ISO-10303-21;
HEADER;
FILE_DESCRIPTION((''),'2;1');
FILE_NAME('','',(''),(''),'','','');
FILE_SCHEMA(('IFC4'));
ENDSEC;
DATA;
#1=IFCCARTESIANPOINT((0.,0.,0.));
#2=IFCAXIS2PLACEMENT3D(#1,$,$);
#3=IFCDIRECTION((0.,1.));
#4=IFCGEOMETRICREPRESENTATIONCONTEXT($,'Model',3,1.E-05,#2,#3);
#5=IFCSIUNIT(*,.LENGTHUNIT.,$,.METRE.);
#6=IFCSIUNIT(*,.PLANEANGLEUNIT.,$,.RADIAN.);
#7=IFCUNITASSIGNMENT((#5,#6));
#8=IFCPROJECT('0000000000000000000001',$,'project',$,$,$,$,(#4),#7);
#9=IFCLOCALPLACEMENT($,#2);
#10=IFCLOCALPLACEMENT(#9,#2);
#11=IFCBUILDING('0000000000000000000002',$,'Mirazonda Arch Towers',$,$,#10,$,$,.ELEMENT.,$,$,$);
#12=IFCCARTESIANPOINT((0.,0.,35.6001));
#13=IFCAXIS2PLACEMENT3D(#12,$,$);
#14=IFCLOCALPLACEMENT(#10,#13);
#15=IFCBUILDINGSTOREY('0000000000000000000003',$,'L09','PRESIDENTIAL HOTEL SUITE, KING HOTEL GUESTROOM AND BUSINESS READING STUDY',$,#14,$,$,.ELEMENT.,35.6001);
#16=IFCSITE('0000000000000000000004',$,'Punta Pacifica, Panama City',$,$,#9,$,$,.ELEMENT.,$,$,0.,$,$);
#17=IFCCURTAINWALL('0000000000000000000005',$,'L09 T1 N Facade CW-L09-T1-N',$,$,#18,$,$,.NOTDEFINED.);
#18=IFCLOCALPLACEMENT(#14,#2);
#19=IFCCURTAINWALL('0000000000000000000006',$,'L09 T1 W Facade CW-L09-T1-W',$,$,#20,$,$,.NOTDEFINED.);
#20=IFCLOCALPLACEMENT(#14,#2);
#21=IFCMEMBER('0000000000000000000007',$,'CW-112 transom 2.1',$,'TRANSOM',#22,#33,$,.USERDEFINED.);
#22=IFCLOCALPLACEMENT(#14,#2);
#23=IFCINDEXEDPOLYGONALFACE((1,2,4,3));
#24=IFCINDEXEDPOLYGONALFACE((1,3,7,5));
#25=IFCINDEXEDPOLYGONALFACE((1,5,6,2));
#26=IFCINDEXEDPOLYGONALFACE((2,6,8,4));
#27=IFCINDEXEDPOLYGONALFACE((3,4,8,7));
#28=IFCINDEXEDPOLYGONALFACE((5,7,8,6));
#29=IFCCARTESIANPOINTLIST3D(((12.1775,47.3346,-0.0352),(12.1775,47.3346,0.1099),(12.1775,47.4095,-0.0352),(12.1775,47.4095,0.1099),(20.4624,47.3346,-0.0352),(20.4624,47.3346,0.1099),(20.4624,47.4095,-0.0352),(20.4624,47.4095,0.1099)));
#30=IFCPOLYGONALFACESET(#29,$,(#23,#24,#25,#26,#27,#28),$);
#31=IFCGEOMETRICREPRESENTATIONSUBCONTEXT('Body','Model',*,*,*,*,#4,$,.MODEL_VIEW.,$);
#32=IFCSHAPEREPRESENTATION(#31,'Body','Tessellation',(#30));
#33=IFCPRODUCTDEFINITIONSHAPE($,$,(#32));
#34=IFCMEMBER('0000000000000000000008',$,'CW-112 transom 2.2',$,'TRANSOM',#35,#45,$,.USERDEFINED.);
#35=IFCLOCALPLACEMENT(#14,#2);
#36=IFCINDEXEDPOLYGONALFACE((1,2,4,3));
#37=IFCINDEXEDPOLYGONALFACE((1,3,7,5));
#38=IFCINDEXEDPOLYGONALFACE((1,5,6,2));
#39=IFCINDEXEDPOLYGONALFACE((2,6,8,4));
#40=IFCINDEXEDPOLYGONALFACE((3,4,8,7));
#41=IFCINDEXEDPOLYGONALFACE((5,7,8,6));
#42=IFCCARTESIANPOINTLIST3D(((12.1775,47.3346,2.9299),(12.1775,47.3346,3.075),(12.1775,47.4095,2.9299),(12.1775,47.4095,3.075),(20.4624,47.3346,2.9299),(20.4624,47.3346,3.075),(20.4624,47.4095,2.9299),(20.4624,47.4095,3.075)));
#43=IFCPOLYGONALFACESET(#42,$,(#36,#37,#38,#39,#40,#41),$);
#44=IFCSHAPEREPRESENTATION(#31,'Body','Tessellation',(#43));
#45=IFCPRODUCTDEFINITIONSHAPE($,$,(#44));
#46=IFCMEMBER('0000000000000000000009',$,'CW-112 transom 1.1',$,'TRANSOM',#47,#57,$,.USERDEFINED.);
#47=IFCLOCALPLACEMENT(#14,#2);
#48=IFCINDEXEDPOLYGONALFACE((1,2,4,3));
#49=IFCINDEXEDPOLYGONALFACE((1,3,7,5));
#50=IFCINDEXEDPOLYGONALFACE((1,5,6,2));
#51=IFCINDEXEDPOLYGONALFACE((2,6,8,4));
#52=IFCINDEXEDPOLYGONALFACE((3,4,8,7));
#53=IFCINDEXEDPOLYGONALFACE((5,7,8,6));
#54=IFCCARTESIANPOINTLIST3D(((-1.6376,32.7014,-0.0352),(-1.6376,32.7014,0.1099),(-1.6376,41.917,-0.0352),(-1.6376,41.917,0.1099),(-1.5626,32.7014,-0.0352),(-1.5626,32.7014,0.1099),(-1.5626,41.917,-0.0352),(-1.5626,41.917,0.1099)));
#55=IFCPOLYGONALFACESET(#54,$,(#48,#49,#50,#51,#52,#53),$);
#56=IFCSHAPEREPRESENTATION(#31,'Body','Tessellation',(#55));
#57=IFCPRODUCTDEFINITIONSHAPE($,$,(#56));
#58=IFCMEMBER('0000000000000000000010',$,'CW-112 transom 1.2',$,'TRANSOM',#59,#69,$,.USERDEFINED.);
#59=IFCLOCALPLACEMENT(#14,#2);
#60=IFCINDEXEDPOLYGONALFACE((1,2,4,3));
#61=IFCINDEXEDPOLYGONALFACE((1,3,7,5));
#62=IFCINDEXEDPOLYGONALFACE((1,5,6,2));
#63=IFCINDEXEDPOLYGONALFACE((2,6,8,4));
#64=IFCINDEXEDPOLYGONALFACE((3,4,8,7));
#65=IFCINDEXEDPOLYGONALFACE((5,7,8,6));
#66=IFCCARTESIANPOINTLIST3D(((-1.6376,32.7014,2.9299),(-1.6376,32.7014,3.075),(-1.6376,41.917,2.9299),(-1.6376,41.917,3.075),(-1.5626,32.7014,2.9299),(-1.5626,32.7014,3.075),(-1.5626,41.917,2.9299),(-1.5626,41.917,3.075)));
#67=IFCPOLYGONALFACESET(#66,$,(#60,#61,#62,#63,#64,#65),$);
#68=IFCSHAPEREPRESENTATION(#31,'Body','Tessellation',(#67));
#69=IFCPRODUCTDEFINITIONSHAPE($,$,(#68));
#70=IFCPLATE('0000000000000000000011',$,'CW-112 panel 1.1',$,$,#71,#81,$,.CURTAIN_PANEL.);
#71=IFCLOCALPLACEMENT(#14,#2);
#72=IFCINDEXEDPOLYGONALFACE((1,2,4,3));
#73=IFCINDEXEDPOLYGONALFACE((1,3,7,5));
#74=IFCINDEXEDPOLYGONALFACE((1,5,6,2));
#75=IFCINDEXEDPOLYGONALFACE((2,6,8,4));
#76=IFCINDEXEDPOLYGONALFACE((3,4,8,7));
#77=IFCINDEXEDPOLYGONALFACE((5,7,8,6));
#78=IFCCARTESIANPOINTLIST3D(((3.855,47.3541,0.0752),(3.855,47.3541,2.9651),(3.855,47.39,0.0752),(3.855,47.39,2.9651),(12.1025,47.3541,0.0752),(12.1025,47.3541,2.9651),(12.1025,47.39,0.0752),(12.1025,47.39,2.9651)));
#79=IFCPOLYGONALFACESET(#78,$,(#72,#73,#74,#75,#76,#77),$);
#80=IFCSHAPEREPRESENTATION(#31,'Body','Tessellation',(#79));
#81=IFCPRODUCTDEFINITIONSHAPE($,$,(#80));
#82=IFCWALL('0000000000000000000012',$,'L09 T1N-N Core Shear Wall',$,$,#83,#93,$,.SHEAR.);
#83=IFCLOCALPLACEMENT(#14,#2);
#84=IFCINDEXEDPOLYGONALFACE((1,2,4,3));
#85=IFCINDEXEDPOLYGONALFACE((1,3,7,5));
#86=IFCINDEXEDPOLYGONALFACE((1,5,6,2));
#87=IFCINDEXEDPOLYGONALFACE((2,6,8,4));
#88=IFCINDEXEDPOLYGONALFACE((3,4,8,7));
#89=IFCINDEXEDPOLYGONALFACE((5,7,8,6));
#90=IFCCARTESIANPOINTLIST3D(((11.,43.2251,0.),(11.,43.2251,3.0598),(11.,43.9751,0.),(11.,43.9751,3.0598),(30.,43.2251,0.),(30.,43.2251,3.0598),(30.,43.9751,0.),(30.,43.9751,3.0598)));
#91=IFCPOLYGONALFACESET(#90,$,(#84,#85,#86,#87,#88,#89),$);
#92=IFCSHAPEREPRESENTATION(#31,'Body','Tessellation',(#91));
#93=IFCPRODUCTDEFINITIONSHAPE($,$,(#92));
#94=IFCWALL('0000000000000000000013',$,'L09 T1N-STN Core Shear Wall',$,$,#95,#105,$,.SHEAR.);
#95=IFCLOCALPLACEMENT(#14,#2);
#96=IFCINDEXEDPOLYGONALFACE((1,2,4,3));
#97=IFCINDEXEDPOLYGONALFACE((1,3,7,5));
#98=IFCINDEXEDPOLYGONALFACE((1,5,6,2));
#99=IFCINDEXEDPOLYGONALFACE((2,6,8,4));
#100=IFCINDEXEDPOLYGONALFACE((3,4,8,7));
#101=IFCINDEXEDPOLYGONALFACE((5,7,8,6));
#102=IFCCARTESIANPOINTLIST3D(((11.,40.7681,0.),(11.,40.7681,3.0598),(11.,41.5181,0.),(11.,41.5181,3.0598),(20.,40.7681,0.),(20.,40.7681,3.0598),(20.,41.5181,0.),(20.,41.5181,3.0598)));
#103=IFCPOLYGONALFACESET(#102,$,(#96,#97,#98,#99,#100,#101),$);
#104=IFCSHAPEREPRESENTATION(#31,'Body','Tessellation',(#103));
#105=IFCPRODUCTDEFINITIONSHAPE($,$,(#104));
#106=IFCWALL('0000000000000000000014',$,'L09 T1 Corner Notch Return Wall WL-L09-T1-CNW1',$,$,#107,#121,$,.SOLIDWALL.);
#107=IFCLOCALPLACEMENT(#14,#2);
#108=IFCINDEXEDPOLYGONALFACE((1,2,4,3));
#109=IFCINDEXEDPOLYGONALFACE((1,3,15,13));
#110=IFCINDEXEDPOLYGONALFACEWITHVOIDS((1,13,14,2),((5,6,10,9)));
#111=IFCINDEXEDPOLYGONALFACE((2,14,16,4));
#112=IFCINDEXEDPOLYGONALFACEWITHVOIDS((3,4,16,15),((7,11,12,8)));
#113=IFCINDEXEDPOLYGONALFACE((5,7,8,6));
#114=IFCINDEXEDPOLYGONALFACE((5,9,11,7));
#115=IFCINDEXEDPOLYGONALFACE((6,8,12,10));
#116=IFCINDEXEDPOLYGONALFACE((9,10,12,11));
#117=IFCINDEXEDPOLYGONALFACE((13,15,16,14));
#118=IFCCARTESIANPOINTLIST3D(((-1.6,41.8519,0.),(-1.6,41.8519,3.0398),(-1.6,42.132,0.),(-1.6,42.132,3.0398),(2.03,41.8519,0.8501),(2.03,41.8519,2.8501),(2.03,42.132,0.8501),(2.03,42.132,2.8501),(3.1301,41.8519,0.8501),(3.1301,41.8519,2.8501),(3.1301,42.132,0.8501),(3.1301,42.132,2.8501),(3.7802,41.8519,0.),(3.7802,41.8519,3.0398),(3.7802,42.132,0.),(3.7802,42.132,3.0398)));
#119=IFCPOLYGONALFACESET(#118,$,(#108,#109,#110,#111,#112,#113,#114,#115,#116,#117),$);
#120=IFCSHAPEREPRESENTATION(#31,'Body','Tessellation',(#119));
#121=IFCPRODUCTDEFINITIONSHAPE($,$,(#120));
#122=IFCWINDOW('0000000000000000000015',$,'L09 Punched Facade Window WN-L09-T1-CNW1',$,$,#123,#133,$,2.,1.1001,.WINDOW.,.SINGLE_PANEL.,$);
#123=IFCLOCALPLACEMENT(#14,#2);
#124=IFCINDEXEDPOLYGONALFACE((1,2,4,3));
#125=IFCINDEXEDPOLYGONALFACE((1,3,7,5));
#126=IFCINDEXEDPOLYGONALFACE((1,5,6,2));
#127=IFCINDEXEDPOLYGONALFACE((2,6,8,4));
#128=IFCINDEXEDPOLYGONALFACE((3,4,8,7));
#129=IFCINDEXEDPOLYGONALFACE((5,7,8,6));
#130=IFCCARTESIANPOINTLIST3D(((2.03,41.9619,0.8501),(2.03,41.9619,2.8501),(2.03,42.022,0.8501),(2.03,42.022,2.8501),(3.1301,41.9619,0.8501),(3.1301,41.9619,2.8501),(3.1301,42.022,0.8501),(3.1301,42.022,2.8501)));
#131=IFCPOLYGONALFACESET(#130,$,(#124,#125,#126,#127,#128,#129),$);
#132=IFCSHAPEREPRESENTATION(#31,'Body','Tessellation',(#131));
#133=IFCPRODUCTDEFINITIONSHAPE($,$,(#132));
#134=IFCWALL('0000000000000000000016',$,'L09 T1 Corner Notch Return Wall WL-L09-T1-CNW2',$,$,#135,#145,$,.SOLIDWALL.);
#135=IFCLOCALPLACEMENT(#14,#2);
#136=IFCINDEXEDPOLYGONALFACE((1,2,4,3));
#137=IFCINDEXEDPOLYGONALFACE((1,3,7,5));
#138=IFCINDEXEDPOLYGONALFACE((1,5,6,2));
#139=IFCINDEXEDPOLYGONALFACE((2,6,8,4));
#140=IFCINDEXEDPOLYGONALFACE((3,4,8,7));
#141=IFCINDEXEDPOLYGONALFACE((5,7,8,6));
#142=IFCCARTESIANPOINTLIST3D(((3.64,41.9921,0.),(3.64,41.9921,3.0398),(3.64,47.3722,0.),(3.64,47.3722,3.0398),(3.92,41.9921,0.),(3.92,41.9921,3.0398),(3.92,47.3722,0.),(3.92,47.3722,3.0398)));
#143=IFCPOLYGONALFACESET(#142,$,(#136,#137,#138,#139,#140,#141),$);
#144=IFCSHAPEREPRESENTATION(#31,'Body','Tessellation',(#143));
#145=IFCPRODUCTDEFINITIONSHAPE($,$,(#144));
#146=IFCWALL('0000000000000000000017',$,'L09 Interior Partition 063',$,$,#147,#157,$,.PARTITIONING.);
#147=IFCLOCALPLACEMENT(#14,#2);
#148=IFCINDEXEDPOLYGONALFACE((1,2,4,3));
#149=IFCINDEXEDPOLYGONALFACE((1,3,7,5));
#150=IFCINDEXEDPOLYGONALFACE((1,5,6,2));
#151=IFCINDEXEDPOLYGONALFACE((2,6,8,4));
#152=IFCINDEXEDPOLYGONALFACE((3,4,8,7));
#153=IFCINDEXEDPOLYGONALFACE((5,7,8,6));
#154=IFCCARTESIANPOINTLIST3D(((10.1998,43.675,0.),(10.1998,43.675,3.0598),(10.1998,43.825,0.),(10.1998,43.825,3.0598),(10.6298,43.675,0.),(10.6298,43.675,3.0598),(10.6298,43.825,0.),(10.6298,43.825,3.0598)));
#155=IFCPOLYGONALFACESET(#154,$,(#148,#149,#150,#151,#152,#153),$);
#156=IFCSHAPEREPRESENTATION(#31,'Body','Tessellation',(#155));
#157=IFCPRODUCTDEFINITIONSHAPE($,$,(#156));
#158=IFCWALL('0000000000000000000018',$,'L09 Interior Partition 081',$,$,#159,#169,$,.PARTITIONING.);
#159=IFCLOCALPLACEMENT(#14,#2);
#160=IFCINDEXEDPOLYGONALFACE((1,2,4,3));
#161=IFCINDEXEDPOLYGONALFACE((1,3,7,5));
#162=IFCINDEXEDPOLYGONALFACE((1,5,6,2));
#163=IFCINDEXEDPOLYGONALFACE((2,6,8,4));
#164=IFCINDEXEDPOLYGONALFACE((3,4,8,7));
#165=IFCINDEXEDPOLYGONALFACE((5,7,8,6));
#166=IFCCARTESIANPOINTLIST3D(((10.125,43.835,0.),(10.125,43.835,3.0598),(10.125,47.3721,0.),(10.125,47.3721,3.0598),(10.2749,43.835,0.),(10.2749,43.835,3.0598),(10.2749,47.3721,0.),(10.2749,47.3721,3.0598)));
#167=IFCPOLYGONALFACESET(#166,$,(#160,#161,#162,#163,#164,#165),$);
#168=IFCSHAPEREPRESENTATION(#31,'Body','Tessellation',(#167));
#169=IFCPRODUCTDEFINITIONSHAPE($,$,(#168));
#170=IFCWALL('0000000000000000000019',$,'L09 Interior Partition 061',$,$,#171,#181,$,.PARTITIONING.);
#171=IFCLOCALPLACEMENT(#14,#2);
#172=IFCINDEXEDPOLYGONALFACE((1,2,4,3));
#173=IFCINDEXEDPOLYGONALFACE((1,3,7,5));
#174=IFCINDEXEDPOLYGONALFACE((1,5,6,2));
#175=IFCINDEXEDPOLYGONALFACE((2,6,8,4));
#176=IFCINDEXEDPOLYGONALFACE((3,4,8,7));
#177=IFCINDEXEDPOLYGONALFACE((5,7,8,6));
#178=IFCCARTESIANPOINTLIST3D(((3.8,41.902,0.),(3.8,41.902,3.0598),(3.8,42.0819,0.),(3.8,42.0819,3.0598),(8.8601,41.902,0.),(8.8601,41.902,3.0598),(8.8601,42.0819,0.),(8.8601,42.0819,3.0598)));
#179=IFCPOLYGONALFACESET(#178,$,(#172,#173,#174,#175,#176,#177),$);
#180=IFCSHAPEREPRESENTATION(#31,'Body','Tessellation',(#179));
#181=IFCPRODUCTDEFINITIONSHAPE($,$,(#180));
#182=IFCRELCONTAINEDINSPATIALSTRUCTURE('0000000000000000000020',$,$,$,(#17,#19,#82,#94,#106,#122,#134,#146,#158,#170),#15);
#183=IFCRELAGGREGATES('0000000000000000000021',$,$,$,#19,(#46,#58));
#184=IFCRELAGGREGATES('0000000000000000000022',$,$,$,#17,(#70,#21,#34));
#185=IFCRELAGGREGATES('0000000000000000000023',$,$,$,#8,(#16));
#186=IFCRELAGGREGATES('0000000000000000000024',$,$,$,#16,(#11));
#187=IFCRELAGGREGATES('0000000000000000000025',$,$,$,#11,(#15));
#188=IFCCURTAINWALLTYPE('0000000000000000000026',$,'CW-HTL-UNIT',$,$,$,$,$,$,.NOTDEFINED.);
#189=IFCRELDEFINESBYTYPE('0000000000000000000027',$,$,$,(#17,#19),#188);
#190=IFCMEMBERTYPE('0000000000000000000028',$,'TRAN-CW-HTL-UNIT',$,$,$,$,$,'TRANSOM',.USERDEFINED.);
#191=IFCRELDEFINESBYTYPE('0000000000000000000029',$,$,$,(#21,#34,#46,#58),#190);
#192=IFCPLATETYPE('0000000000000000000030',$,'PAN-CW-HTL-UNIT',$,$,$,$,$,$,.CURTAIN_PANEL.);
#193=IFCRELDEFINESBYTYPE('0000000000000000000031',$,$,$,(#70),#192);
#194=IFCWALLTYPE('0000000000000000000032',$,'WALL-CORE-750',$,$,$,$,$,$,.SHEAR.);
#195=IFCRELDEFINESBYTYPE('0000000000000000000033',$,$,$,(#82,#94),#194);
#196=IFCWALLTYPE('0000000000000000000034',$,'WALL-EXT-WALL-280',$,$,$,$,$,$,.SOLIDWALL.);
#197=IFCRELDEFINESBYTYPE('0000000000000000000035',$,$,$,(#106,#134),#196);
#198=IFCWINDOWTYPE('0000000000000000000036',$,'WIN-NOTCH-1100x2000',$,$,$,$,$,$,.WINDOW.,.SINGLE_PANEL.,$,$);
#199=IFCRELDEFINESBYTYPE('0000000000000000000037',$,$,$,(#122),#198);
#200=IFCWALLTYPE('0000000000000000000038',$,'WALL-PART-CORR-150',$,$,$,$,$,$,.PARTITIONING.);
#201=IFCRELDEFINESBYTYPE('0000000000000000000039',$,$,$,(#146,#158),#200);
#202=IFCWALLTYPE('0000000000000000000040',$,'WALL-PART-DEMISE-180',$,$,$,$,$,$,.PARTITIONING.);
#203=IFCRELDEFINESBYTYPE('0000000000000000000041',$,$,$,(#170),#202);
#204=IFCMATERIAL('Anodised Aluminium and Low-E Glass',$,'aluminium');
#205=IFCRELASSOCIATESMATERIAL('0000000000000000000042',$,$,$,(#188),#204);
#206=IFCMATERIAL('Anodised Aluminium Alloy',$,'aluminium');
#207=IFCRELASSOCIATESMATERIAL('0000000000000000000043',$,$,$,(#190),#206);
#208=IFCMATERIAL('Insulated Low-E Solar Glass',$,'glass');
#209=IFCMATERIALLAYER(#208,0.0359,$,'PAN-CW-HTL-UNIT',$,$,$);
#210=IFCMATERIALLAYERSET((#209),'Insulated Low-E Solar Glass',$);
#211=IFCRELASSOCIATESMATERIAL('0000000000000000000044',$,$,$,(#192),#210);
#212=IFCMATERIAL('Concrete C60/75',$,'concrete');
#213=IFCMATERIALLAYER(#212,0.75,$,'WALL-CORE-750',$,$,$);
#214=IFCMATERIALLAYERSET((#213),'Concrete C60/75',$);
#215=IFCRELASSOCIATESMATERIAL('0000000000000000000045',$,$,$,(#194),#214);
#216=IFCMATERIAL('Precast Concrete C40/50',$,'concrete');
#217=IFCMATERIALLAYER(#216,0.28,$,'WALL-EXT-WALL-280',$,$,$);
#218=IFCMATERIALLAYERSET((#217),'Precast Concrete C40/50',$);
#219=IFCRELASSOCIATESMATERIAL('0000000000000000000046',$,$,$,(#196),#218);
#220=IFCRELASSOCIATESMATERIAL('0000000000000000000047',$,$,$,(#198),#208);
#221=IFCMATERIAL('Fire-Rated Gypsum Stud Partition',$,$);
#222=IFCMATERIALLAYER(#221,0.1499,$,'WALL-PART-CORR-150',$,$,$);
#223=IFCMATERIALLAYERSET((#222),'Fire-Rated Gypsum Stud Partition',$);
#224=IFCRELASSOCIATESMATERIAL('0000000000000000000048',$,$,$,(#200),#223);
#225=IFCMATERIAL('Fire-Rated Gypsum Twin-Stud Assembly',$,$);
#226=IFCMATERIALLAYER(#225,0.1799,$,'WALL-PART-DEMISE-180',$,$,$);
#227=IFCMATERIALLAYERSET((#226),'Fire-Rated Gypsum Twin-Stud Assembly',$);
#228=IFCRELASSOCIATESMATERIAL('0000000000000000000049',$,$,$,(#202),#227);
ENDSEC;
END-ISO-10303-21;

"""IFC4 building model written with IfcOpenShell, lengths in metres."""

from ifc_helpers import new_model, si_unit, direction, frame, frame_2d, origin, origin_2d, place, context, subcontext, project, spatial, rectangle, extrude, material, layer, layer_set, material_profile, profile_set, type_object, element, fill, aggregate, save


model = new_model("IFC4")

# Units and contexts
model_context = context("Model", 3, precision=1e-05, world=origin(), true_north=direction((0.0, 1.0)))
body_context = subcontext(model_context, "Body", "Model", "MODEL_VIEW")
ifc_project = project(units=[si_unit("LENGTHUNIT", "METRE"), si_unit("PLANEANGLEUNIT", "RADIAN")], contexts=[model_context])

# Site, building, storey
site_placement = place(None, origin())
site = spatial("IfcSite", under=ifc_project, at=site_placement, Name="Punta Pacifica, Panama City", CompositionType="ELEMENT", RefElevation=0.0)
building_placement = place(site_placement, origin())
building = spatial("IfcBuilding", under=site, at=building_placement, Name="Mirazonda Arch Towers", CompositionType="ELEMENT")
storey_placement = place(building_placement, frame((0.0, 0.0, 35.6001)))
storey = spatial("IfcBuildingStorey", under=building, at=storey_placement, Name="L09", Description="PRESIDENTIAL HOTEL SUITE, KING HOTEL GUESTROOM AND BUSINESS READING STUDY", CompositionType="ELEMENT", Elevation=35.6001)

# Shared definitions
ifc_material_1 = material(Name="Concrete C60/75", Category="concrete")

# Curtain wall
ifc_material_2 = material(Name="Anodised Aluminium and Low-E Glass", Category="aluminium")
curtain_wall_type = type_object("IfcCurtainWallType", Name="CW-HTL-UNIT", PredefinedType="NOTDEFINED", material=ifc_material_2)
curtain_wall_1_placement = place(storey_placement, origin())
curtain_wall_1 = element("IfcCurtainWall", 1, at=curtain_wall_1_placement, inside=storey, type_object=curtain_wall_type, Name="L09 T1 N Facade CW-L09-T1-N", PredefinedType="NOTDEFINED")
ifc_material_3 = material(Name="Anodised Aluminium Alloy", Category="aluminium")

# Curtain wall
curtain_wall_2_placement = place(storey_placement, origin())
curtain_wall_2 = element("IfcCurtainWall", 2, at=curtain_wall_2_placement, inside=storey, type_object=curtain_wall_type, Name="L09 T1 W Facade CW-L09-T1-W", PredefinedType="NOTDEFINED")

# Members
ifc_material_profile_1 = material_profile(ifc_material_3, rectangle(XDim=0.075, YDim=0.145, at=origin_2d()), Name="ALU-TRAN-75x145")
ifc_profile_set_1 = profile_set([ifc_material_profile_1], Name="Anodised Aluminium Alloy")
member_type_1 = type_object("IfcMemberType", Name="TRAN-CW-HTL-UNIT", ElementType="TRANSOM", PredefinedType="USERDEFINED", material=ifc_profile_set_1)
member_1_placement = place(storey_placement, frame((12.1775, 47.3721, 0.0374), z_axis=(1.0, 0.0, 0.0), x_axis=(0.0, 1.0, 0.0)))
member_1 = element("IfcMember", 3, at=member_1_placement, type_object=member_type_1, Name="CW-112 transom 2.1", ObjectType="TRANSOM", PredefinedType="USERDEFINED", context=body_context, shape_type="SweptSolid", body=[
    extrude(rectangle(XDim=0.075, YDim=0.145, at=origin_2d()), origin(), (0.0, 0.0, 1.0), 8.2849),
])
member_2_placement = place(storey_placement, frame((12.1775, 47.3721, 3.0024), z_axis=(1.0, 0.0, 0.0), x_axis=(0.0, 1.0, 0.0)))
member_2 = element("IfcMember", 4, at=member_2_placement, type_object=member_type_1, Name="CW-112 transom 2.2", ObjectType="TRANSOM", PredefinedType="USERDEFINED", context=body_context, shape_type="SweptSolid", body=[
    extrude(rectangle(XDim=0.075, YDim=0.145, at=origin_2d()), origin(), (0.0, 0.0, 1.0), 8.2849),
])
member_3_placement = place(storey_placement, frame((-1.6001, 41.917, 0.0374), z_axis=(0.0, -1.0, 0.0), x_axis=(1.0, 0.0, 0.0)))
member_3 = element("IfcMember", 5, at=member_3_placement, type_object=member_type_1, Name="CW-112 transom 1.1", ObjectType="TRANSOM", PredefinedType="USERDEFINED", context=body_context, shape_type="SweptSolid", body=[
    extrude(rectangle(XDim=0.075, YDim=0.145, at=origin_2d()), origin(), (0.0, 0.0, 1.0), 9.2156),
])
member_4_placement = place(storey_placement, frame((-1.6001, 41.917, 3.0024), z_axis=(0.0, -1.0, 0.0), x_axis=(1.0, 0.0, 0.0)))
member_4 = element("IfcMember", 6, at=member_4_placement, type_object=member_type_1, Name="CW-112 transom 1.2", ObjectType="TRANSOM", PredefinedType="USERDEFINED", context=body_context, shape_type="SweptSolid", body=[
    extrude(rectangle(XDim=0.075, YDim=0.145, at=origin_2d()), origin(), (0.0, 0.0, 1.0), 9.2156),
])
aggregate(curtain_wall_2, [member_3, member_4])

# Plate
ifc_material_4 = material(Name="Insulated Low-E Solar Glass", Category="glass")
ifc_layer_1 = layer(ifc_material_4, 0.0359, Name="PAN-CW-HTL-UNIT")
ifc_layer_set_1 = layer_set([ifc_layer_1], Name="Insulated Low-E Solar Glass")
plate_type = type_object("IfcPlateType", Name="PAN-CW-HTL-UNIT", PredefinedType="CURTAIN_PANEL", material=ifc_layer_set_1)
plate_placement = place(storey_placement, frame((7.9788, 47.3721, 0.0752), z_axis=(0.0, 0.0, 1.0), x_axis=(1.0, 0.0, 0.0)))
plate = element("IfcPlate", 7, at=plate_placement, type_object=plate_type, Name="CW-112 panel 1.1", PredefinedType="CURTAIN_PANEL", context=body_context, shape_type="SweptSolid", body=[
    extrude(rectangle(XDim=8.2476, YDim=0.0359, at=origin_2d()), origin(), (0.0, 0.0, 1.0), 2.8899),
])
aggregate(curtain_wall_1, [plate, member_1, member_2])

# Walls
ifc_layer_2 = layer(ifc_material_1, 0.75, Name="WALL-CORE-750")
ifc_layer_set_2 = layer_set([ifc_layer_2], Name="Concrete C60/75")
wall_type_1 = type_object("IfcWallType", Name="WALL-CORE-750", PredefinedType="SHEAR", material=ifc_layer_set_2)
wall_1_placement = place(storey_placement, frame((11.0, 43.6001, 0.0), z_axis=(0.0, 0.0, 1.0), x_axis=(1.0, 0.0, 0.0)))
element("IfcWall", 8, at=wall_1_placement, inside=storey, type_object=wall_type_1, Name="L09 T1N-N Core Shear Wall", PredefinedType="SHEAR", context=body_context, shape_type="SweptSolid", body=[
    extrude(rectangle(XDim=19.0, YDim=0.75, at=frame_2d((9.5, 0.0))), origin(), (0.0, 0.0, 1.0), 3.0598),
])
wall_2_placement = place(storey_placement, frame((11.0, 41.1431, 0.0), z_axis=(0.0, 0.0, 1.0), x_axis=(1.0, 0.0, 0.0)))
element("IfcWall", 9, at=wall_2_placement, inside=storey, type_object=wall_type_1, Name="L09 T1N-STN Core Shear Wall", PredefinedType="SHEAR", context=body_context, shape_type="SweptSolid", body=[
    extrude(rectangle(XDim=9.0, YDim=0.75, at=frame_2d((4.5, 0.0))), origin(), (0.0, 0.0, 1.0), 3.0598),
])

# Wall, opening, window
ifc_material_5 = material(Name="Precast Concrete C40/50", Category="concrete")
ifc_layer_3 = layer(ifc_material_5, 0.28, Name="WALL-EXT-WALL-280")
ifc_layer_set_3 = layer_set([ifc_layer_3], Name="Precast Concrete C40/50")
wall_type_2 = type_object("IfcWallType", Name="WALL-EXT-WALL-280", PredefinedType="SOLIDWALL", material=ifc_layer_set_3)
wall_3_placement = place(storey_placement, frame((3.78, 41.9919, 0.0), z_axis=(0.0, 0.0, 1.0), x_axis=(-1.0, 0.0, 0.0)))
wall_3 = element("IfcWall", 10, at=wall_3_placement, inside=storey, type_object=wall_type_2, Name="L09 T1 Corner Notch Return Wall WL-L09-T1-CNW1", PredefinedType="SOLIDWALL", context=body_context, shape_type="SweptSolid", body=[
    extrude(rectangle(XDim=5.3801, YDim=0.28, at=frame_2d((2.6899, 0.0))), origin(), (0.0, 0.0, 1.0), 3.0398),
])
opening_1_placement = place(wall_3_placement, frame((0.6499, 0.0, 0.8501)))
opening_1 = element("IfcOpeningElement", 11, at=opening_1_placement, cuts=wall_3, PredefinedType="OPENING", context=body_context, shape_type="SweptSolid", body=[
    extrude(rectangle(XDim=1.1001, YDim=2.0, at=frame_2d((0.55, 1.0))), frame((0.0, 0.1499, 0.0), z_axis=(0.0, -1.0, 0.0), x_axis=(1.0, 0.0, 0.0)), (0.0, 0.0, 1.0), 0.3),
])
window_type = type_object("IfcWindowType", Name="WIN-NOTCH-1100x2000", PartitioningType="SINGLE_PANEL", PredefinedType="WINDOW", material=ifc_material_4)
window_placement = place(opening_1_placement, origin())
window = element("IfcWindow", 12, at=window_placement, inside=storey, type_object=window_type, Name="L09 Punched Facade Window WN-L09-T1-CNW1", OverallHeight=2.0, OverallWidth=1.1001, PartitioningType="SINGLE_PANEL", PredefinedType="WINDOW", context=body_context, shape_type="SweptSolid", body=[
    extrude(rectangle(XDim=1.1001, YDim=2.0, at=frame_2d((0.55, 1.0))), frame((0.0, 0.03, 0.0), z_axis=(0.0, -1.0, 0.0), x_axis=(1.0, 0.0, 0.0)), (0.0, 0.0, 1.0), 0.0601),
])
fill(opening_1, window)

# Walls
wall_4_placement = place(storey_placement, frame((3.78, 47.3721, 0.0), z_axis=(0.0, 0.0, 1.0), x_axis=(0.0, -1.0, 0.0)))
element("IfcWall", 13, at=wall_4_placement, inside=storey, type_object=wall_type_2, Name="L09 T1 Corner Notch Return Wall WL-L09-T1-CNW2", PredefinedType="SOLIDWALL", context=body_context, shape_type="SweptSolid", body=[
    extrude(rectangle(XDim=5.3801, YDim=0.28, at=frame_2d((2.6899, 0.0))), origin(), (0.0, 0.0, 1.0), 3.0398),
])
ifc_material_6 = material(Name="Fire-Rated Gypsum Stud Partition")
ifc_layer_4 = layer(ifc_material_6, 0.1499, Name="WALL-PART-CORR-150")
ifc_layer_set_4 = layer_set([ifc_layer_4], Name="Fire-Rated Gypsum Stud Partition")
wall_type_3 = type_object("IfcWallType", Name="WALL-PART-CORR-150", PredefinedType="PARTITIONING", material=ifc_layer_set_4)
wall_5_placement = place(storey_placement, frame((10.2, 43.75, 0.0), z_axis=(0.0, 0.0, 1.0), x_axis=(1.0, 0.0, 0.0)))
element("IfcWall", 14, at=wall_5_placement, inside=storey, type_object=wall_type_3, Name="L09 Interior Partition 063", PredefinedType="PARTITIONING", context=body_context, shape_type="SweptSolid", body=[
    extrude(rectangle(XDim=0.4299, YDim=0.1499, at=frame_2d((0.2148, 0.0))), origin(), (0.0, 0.0, 1.0), 3.0598),
])
wall_6_placement = place(storey_placement, frame((10.2, 43.835, 0.0), z_axis=(0.0, 0.0, 1.0), x_axis=(0.0, 1.0, 0.0)))
element("IfcWall", 15, at=wall_6_placement, inside=storey, type_object=wall_type_3, Name="L09 Interior Partition 081", PredefinedType="PARTITIONING", context=body_context, shape_type="SweptSolid", body=[
    extrude(rectangle(XDim=3.5371, YDim=0.1499, at=frame_2d((1.7686, 0.0))), origin(), (0.0, 0.0, 1.0), 3.0598),
])
ifc_material_7 = material(Name="Fire-Rated Gypsum Twin-Stud Assembly")
ifc_layer_5 = layer(ifc_material_7, 0.1799, Name="WALL-PART-DEMISE-180")
ifc_layer_set_5 = layer_set([ifc_layer_5], Name="Fire-Rated Gypsum Twin-Stud Assembly")
wall_type_4 = type_object("IfcWallType", Name="WALL-PART-DEMISE-180", PredefinedType="PARTITIONING", material=ifc_layer_set_5)
wall_7_placement = place(storey_placement, frame((3.8, 41.9919, 0.0), z_axis=(0.0, 0.0, 1.0), x_axis=(1.0, 0.0, 0.0)))
element("IfcWall", 16, at=wall_7_placement, inside=storey, type_object=wall_type_4, Name="L09 Interior Partition 061", PredefinedType="PARTITIONING", context=body_context, shape_type="SweptSolid", body=[
    extrude(rectangle(XDim=5.0601, YDim=0.1799, at=frame_2d((2.53, 0.0))), origin(), (0.0, 0.0, 1.0), 3.0598),
])

save(model, "model.ifc")
